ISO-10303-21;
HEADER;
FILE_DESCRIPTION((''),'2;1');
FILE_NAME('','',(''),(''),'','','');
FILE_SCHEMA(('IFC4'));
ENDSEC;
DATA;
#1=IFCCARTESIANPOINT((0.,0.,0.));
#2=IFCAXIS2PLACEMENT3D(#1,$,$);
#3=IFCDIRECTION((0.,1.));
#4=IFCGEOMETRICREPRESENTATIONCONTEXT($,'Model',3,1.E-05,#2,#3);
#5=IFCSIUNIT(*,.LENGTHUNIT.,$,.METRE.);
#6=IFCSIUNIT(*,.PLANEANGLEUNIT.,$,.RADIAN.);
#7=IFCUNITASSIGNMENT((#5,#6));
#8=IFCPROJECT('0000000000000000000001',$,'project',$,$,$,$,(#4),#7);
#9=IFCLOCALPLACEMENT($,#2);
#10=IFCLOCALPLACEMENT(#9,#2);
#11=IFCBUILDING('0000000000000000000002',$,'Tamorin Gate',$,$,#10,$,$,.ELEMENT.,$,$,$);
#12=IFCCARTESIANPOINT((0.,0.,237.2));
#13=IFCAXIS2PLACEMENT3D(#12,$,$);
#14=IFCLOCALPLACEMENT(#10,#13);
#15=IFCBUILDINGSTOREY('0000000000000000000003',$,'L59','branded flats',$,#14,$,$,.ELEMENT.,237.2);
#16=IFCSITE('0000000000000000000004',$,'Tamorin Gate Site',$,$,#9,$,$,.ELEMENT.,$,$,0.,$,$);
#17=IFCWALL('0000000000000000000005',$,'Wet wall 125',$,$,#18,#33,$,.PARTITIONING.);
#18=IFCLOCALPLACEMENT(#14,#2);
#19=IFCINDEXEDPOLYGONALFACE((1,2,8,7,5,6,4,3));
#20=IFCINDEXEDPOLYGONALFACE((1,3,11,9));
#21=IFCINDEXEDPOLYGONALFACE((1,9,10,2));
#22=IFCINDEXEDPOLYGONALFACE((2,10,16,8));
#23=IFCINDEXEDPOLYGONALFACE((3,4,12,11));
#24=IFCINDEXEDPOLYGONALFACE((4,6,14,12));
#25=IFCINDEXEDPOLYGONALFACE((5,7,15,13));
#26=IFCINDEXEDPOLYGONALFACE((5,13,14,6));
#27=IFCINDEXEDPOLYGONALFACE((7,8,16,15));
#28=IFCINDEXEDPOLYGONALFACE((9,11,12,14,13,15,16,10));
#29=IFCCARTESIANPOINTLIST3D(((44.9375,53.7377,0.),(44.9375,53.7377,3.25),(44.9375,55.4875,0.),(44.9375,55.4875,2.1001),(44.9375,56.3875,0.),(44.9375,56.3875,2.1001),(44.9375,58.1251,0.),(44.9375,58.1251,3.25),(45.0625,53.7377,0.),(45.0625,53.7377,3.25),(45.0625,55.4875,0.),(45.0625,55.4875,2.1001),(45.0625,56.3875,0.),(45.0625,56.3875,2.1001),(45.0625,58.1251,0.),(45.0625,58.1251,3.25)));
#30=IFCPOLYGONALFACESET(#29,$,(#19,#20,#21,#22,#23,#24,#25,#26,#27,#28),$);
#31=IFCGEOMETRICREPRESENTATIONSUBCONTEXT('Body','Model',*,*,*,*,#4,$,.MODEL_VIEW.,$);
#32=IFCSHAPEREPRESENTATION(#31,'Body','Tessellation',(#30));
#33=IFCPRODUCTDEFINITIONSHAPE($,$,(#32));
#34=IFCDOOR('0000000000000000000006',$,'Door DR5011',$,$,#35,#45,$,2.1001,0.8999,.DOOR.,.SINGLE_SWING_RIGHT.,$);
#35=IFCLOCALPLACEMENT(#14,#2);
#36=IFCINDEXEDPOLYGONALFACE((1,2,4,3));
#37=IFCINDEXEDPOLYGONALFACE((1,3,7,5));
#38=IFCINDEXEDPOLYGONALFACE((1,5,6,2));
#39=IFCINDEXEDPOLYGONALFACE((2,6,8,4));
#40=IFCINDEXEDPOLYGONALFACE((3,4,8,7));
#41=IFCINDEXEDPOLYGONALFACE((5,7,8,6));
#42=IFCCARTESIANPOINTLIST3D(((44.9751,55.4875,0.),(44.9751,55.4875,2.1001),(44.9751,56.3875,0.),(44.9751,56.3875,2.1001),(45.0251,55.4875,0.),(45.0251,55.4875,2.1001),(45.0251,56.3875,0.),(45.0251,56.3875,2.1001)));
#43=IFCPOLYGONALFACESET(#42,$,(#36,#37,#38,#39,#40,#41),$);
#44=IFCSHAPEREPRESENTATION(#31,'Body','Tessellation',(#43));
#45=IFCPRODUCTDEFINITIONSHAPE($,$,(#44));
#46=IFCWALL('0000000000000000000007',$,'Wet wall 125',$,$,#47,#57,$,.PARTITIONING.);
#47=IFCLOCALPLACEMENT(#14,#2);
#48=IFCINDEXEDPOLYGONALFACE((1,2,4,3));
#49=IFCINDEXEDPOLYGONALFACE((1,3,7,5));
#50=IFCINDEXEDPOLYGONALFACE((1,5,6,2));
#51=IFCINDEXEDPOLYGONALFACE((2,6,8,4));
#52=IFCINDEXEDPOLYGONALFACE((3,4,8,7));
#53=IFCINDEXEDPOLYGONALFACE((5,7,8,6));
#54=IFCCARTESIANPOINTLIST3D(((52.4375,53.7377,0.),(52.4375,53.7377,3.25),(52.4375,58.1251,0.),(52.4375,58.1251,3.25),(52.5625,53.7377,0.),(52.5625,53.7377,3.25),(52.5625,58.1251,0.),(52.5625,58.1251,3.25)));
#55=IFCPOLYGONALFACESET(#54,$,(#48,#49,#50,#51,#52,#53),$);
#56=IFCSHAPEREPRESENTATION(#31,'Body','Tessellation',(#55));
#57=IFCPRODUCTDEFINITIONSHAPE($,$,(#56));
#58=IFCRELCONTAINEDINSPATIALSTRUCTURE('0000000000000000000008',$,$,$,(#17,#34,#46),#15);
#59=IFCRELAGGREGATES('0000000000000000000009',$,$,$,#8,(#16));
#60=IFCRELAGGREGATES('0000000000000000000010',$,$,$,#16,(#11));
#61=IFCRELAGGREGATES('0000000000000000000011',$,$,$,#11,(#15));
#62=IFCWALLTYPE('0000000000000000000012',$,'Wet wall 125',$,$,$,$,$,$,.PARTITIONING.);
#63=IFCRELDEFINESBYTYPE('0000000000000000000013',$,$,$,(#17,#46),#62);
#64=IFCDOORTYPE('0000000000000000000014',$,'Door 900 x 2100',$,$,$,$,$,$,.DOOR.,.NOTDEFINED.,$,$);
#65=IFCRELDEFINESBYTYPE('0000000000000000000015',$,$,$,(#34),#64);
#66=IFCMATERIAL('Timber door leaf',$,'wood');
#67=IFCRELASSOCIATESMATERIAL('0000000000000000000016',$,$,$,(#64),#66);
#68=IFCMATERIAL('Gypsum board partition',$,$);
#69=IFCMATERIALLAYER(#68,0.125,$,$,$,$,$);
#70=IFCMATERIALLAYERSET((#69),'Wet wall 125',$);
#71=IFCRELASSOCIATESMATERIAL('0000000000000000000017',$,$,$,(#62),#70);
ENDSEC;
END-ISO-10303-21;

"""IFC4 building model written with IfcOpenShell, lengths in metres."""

from ifc_helpers import new_model, si_unit, direction, frame, frame_2d, origin, place, context, subcontext, project, spatial, rectangle, extrude, material, layer, layer_set, type_object, element, fill, save


model = new_model("IFC4")

# Units and contexts
model_context = context("Model", 3, precision=1e-05, world=origin(), true_north=direction((0.0, 1.0)))
body_context = subcontext(model_context, "Body", "Model", "MODEL_VIEW")
ifc_project = project(units=[si_unit("LENGTHUNIT", "METRE"), si_unit("PLANEANGLEUNIT", "RADIAN")], contexts=[model_context])

# Site, building, storey
site_placement = place(None, origin())
site = spatial("IfcSite", under=ifc_project, at=site_placement, Name="Tamorin Gate Site", CompositionType="ELEMENT", RefElevation=0.0)
building_placement = place(site_placement, origin())
building = spatial("IfcBuilding", under=site, at=building_placement, Name="Tamorin Gate", CompositionType="ELEMENT")
storey_placement = place(building_placement, frame((0.0, 0.0, 237.2)))
storey = spatial("IfcBuildingStorey", under=building, at=storey_placement, Name="L59", Description="branded flats", CompositionType="ELEMENT", Elevation=237.2)

# Shared definitions
ifc_material_1 = material(Name="Gypsum board partition")

# Shared definitions
ifc_material_2 = material(Name="Timber door leaf", Category="wood")
door_type = type_object("IfcDoorType", Name="Door 900 x 2100", OperationType="NOTDEFINED", PredefinedType="DOOR", material=ifc_material_2)

# Wall, opening, door
ifc_layer_1 = layer(ifc_material_1, 0.125)
ifc_layer_set_1 = layer_set([ifc_layer_1], Name="Wet wall 125")
wall_type_1 = type_object("IfcWallType", Name="Wet wall 125", PredefinedType="PARTITIONING", material=ifc_layer_set_1)
wall_1_placement = place(storey_placement, frame((45.0, 53.7375, 0.0), z_axis=(0.0, 0.0, 1.0), x_axis=(0.0, 1.0, 0.0)))
wall_1 = element("IfcWall", 1, at=wall_1_placement, inside=storey, type_object=wall_type_1, Name="Wet wall 125", PredefinedType="PARTITIONING", context=body_context, shape_type="SweptSolid", body=[
    extrude(rectangle(XDim=4.3875, YDim=0.125, at=frame_2d((2.1938, 0.0))), origin(), (0.0, 0.0, 1.0), 3.25),
])
opening_1_placement = place(wall_1_placement, frame((1.75, 0.0, 0.0)))
opening_1 = element("IfcOpeningElement", 2, at=opening_1_placement, cuts=wall_1, PredefinedType="OPENING", context=body_context, shape_type="SweptSolid", body=[
    extrude(rectangle(XDim=0.8999, YDim=2.1001, at=frame_2d((0.45, 1.05))), frame((0.0, 0.0725, 0.0), z_axis=(0.0, -1.0, 0.0), x_axis=(1.0, 0.0, 0.0)), (0.0, 0.0, 1.0), 0.145),
])
door_1_placement = place(opening_1_placement, origin())
door_1 = element("IfcDoor", 3, at=door_1_placement, inside=storey, type_object=door_type, Name="Door DR5011", OperationType="SINGLE_SWING_RIGHT", OverallHeight=2.1001, OverallWidth=0.8999, PredefinedType="DOOR", context=body_context, shape_type="SweptSolid", body=[
    extrude(rectangle(XDim=0.8999, YDim=2.1001, at=frame_2d((0.45, 1.05))), frame((0.0, 0.0249, 0.0), z_axis=(0.0, -1.0, 0.0), x_axis=(1.0, 0.0, 0.0)), (0.0, 0.0, 1.0), 0.05),
])
fill(opening_1, door_1)

# Wall
wall_2_placement = place(storey_placement, frame((52.5, 53.7375, 0.0), z_axis=(0.0, 0.0, 1.0), x_axis=(0.0, 1.0, 0.0)))
element("IfcWall", 4, at=wall_2_placement, inside=storey, type_object=wall_type_1, Name="Wet wall 125", PredefinedType="PARTITIONING", context=body_context, shape_type="SweptSolid", body=[
    extrude(rectangle(XDim=4.3875, YDim=0.125, at=frame_2d((2.1938, 0.0))), origin(), (0.0, 0.0, 1.0), 3.25),
])

save(model, "model.ifc")
